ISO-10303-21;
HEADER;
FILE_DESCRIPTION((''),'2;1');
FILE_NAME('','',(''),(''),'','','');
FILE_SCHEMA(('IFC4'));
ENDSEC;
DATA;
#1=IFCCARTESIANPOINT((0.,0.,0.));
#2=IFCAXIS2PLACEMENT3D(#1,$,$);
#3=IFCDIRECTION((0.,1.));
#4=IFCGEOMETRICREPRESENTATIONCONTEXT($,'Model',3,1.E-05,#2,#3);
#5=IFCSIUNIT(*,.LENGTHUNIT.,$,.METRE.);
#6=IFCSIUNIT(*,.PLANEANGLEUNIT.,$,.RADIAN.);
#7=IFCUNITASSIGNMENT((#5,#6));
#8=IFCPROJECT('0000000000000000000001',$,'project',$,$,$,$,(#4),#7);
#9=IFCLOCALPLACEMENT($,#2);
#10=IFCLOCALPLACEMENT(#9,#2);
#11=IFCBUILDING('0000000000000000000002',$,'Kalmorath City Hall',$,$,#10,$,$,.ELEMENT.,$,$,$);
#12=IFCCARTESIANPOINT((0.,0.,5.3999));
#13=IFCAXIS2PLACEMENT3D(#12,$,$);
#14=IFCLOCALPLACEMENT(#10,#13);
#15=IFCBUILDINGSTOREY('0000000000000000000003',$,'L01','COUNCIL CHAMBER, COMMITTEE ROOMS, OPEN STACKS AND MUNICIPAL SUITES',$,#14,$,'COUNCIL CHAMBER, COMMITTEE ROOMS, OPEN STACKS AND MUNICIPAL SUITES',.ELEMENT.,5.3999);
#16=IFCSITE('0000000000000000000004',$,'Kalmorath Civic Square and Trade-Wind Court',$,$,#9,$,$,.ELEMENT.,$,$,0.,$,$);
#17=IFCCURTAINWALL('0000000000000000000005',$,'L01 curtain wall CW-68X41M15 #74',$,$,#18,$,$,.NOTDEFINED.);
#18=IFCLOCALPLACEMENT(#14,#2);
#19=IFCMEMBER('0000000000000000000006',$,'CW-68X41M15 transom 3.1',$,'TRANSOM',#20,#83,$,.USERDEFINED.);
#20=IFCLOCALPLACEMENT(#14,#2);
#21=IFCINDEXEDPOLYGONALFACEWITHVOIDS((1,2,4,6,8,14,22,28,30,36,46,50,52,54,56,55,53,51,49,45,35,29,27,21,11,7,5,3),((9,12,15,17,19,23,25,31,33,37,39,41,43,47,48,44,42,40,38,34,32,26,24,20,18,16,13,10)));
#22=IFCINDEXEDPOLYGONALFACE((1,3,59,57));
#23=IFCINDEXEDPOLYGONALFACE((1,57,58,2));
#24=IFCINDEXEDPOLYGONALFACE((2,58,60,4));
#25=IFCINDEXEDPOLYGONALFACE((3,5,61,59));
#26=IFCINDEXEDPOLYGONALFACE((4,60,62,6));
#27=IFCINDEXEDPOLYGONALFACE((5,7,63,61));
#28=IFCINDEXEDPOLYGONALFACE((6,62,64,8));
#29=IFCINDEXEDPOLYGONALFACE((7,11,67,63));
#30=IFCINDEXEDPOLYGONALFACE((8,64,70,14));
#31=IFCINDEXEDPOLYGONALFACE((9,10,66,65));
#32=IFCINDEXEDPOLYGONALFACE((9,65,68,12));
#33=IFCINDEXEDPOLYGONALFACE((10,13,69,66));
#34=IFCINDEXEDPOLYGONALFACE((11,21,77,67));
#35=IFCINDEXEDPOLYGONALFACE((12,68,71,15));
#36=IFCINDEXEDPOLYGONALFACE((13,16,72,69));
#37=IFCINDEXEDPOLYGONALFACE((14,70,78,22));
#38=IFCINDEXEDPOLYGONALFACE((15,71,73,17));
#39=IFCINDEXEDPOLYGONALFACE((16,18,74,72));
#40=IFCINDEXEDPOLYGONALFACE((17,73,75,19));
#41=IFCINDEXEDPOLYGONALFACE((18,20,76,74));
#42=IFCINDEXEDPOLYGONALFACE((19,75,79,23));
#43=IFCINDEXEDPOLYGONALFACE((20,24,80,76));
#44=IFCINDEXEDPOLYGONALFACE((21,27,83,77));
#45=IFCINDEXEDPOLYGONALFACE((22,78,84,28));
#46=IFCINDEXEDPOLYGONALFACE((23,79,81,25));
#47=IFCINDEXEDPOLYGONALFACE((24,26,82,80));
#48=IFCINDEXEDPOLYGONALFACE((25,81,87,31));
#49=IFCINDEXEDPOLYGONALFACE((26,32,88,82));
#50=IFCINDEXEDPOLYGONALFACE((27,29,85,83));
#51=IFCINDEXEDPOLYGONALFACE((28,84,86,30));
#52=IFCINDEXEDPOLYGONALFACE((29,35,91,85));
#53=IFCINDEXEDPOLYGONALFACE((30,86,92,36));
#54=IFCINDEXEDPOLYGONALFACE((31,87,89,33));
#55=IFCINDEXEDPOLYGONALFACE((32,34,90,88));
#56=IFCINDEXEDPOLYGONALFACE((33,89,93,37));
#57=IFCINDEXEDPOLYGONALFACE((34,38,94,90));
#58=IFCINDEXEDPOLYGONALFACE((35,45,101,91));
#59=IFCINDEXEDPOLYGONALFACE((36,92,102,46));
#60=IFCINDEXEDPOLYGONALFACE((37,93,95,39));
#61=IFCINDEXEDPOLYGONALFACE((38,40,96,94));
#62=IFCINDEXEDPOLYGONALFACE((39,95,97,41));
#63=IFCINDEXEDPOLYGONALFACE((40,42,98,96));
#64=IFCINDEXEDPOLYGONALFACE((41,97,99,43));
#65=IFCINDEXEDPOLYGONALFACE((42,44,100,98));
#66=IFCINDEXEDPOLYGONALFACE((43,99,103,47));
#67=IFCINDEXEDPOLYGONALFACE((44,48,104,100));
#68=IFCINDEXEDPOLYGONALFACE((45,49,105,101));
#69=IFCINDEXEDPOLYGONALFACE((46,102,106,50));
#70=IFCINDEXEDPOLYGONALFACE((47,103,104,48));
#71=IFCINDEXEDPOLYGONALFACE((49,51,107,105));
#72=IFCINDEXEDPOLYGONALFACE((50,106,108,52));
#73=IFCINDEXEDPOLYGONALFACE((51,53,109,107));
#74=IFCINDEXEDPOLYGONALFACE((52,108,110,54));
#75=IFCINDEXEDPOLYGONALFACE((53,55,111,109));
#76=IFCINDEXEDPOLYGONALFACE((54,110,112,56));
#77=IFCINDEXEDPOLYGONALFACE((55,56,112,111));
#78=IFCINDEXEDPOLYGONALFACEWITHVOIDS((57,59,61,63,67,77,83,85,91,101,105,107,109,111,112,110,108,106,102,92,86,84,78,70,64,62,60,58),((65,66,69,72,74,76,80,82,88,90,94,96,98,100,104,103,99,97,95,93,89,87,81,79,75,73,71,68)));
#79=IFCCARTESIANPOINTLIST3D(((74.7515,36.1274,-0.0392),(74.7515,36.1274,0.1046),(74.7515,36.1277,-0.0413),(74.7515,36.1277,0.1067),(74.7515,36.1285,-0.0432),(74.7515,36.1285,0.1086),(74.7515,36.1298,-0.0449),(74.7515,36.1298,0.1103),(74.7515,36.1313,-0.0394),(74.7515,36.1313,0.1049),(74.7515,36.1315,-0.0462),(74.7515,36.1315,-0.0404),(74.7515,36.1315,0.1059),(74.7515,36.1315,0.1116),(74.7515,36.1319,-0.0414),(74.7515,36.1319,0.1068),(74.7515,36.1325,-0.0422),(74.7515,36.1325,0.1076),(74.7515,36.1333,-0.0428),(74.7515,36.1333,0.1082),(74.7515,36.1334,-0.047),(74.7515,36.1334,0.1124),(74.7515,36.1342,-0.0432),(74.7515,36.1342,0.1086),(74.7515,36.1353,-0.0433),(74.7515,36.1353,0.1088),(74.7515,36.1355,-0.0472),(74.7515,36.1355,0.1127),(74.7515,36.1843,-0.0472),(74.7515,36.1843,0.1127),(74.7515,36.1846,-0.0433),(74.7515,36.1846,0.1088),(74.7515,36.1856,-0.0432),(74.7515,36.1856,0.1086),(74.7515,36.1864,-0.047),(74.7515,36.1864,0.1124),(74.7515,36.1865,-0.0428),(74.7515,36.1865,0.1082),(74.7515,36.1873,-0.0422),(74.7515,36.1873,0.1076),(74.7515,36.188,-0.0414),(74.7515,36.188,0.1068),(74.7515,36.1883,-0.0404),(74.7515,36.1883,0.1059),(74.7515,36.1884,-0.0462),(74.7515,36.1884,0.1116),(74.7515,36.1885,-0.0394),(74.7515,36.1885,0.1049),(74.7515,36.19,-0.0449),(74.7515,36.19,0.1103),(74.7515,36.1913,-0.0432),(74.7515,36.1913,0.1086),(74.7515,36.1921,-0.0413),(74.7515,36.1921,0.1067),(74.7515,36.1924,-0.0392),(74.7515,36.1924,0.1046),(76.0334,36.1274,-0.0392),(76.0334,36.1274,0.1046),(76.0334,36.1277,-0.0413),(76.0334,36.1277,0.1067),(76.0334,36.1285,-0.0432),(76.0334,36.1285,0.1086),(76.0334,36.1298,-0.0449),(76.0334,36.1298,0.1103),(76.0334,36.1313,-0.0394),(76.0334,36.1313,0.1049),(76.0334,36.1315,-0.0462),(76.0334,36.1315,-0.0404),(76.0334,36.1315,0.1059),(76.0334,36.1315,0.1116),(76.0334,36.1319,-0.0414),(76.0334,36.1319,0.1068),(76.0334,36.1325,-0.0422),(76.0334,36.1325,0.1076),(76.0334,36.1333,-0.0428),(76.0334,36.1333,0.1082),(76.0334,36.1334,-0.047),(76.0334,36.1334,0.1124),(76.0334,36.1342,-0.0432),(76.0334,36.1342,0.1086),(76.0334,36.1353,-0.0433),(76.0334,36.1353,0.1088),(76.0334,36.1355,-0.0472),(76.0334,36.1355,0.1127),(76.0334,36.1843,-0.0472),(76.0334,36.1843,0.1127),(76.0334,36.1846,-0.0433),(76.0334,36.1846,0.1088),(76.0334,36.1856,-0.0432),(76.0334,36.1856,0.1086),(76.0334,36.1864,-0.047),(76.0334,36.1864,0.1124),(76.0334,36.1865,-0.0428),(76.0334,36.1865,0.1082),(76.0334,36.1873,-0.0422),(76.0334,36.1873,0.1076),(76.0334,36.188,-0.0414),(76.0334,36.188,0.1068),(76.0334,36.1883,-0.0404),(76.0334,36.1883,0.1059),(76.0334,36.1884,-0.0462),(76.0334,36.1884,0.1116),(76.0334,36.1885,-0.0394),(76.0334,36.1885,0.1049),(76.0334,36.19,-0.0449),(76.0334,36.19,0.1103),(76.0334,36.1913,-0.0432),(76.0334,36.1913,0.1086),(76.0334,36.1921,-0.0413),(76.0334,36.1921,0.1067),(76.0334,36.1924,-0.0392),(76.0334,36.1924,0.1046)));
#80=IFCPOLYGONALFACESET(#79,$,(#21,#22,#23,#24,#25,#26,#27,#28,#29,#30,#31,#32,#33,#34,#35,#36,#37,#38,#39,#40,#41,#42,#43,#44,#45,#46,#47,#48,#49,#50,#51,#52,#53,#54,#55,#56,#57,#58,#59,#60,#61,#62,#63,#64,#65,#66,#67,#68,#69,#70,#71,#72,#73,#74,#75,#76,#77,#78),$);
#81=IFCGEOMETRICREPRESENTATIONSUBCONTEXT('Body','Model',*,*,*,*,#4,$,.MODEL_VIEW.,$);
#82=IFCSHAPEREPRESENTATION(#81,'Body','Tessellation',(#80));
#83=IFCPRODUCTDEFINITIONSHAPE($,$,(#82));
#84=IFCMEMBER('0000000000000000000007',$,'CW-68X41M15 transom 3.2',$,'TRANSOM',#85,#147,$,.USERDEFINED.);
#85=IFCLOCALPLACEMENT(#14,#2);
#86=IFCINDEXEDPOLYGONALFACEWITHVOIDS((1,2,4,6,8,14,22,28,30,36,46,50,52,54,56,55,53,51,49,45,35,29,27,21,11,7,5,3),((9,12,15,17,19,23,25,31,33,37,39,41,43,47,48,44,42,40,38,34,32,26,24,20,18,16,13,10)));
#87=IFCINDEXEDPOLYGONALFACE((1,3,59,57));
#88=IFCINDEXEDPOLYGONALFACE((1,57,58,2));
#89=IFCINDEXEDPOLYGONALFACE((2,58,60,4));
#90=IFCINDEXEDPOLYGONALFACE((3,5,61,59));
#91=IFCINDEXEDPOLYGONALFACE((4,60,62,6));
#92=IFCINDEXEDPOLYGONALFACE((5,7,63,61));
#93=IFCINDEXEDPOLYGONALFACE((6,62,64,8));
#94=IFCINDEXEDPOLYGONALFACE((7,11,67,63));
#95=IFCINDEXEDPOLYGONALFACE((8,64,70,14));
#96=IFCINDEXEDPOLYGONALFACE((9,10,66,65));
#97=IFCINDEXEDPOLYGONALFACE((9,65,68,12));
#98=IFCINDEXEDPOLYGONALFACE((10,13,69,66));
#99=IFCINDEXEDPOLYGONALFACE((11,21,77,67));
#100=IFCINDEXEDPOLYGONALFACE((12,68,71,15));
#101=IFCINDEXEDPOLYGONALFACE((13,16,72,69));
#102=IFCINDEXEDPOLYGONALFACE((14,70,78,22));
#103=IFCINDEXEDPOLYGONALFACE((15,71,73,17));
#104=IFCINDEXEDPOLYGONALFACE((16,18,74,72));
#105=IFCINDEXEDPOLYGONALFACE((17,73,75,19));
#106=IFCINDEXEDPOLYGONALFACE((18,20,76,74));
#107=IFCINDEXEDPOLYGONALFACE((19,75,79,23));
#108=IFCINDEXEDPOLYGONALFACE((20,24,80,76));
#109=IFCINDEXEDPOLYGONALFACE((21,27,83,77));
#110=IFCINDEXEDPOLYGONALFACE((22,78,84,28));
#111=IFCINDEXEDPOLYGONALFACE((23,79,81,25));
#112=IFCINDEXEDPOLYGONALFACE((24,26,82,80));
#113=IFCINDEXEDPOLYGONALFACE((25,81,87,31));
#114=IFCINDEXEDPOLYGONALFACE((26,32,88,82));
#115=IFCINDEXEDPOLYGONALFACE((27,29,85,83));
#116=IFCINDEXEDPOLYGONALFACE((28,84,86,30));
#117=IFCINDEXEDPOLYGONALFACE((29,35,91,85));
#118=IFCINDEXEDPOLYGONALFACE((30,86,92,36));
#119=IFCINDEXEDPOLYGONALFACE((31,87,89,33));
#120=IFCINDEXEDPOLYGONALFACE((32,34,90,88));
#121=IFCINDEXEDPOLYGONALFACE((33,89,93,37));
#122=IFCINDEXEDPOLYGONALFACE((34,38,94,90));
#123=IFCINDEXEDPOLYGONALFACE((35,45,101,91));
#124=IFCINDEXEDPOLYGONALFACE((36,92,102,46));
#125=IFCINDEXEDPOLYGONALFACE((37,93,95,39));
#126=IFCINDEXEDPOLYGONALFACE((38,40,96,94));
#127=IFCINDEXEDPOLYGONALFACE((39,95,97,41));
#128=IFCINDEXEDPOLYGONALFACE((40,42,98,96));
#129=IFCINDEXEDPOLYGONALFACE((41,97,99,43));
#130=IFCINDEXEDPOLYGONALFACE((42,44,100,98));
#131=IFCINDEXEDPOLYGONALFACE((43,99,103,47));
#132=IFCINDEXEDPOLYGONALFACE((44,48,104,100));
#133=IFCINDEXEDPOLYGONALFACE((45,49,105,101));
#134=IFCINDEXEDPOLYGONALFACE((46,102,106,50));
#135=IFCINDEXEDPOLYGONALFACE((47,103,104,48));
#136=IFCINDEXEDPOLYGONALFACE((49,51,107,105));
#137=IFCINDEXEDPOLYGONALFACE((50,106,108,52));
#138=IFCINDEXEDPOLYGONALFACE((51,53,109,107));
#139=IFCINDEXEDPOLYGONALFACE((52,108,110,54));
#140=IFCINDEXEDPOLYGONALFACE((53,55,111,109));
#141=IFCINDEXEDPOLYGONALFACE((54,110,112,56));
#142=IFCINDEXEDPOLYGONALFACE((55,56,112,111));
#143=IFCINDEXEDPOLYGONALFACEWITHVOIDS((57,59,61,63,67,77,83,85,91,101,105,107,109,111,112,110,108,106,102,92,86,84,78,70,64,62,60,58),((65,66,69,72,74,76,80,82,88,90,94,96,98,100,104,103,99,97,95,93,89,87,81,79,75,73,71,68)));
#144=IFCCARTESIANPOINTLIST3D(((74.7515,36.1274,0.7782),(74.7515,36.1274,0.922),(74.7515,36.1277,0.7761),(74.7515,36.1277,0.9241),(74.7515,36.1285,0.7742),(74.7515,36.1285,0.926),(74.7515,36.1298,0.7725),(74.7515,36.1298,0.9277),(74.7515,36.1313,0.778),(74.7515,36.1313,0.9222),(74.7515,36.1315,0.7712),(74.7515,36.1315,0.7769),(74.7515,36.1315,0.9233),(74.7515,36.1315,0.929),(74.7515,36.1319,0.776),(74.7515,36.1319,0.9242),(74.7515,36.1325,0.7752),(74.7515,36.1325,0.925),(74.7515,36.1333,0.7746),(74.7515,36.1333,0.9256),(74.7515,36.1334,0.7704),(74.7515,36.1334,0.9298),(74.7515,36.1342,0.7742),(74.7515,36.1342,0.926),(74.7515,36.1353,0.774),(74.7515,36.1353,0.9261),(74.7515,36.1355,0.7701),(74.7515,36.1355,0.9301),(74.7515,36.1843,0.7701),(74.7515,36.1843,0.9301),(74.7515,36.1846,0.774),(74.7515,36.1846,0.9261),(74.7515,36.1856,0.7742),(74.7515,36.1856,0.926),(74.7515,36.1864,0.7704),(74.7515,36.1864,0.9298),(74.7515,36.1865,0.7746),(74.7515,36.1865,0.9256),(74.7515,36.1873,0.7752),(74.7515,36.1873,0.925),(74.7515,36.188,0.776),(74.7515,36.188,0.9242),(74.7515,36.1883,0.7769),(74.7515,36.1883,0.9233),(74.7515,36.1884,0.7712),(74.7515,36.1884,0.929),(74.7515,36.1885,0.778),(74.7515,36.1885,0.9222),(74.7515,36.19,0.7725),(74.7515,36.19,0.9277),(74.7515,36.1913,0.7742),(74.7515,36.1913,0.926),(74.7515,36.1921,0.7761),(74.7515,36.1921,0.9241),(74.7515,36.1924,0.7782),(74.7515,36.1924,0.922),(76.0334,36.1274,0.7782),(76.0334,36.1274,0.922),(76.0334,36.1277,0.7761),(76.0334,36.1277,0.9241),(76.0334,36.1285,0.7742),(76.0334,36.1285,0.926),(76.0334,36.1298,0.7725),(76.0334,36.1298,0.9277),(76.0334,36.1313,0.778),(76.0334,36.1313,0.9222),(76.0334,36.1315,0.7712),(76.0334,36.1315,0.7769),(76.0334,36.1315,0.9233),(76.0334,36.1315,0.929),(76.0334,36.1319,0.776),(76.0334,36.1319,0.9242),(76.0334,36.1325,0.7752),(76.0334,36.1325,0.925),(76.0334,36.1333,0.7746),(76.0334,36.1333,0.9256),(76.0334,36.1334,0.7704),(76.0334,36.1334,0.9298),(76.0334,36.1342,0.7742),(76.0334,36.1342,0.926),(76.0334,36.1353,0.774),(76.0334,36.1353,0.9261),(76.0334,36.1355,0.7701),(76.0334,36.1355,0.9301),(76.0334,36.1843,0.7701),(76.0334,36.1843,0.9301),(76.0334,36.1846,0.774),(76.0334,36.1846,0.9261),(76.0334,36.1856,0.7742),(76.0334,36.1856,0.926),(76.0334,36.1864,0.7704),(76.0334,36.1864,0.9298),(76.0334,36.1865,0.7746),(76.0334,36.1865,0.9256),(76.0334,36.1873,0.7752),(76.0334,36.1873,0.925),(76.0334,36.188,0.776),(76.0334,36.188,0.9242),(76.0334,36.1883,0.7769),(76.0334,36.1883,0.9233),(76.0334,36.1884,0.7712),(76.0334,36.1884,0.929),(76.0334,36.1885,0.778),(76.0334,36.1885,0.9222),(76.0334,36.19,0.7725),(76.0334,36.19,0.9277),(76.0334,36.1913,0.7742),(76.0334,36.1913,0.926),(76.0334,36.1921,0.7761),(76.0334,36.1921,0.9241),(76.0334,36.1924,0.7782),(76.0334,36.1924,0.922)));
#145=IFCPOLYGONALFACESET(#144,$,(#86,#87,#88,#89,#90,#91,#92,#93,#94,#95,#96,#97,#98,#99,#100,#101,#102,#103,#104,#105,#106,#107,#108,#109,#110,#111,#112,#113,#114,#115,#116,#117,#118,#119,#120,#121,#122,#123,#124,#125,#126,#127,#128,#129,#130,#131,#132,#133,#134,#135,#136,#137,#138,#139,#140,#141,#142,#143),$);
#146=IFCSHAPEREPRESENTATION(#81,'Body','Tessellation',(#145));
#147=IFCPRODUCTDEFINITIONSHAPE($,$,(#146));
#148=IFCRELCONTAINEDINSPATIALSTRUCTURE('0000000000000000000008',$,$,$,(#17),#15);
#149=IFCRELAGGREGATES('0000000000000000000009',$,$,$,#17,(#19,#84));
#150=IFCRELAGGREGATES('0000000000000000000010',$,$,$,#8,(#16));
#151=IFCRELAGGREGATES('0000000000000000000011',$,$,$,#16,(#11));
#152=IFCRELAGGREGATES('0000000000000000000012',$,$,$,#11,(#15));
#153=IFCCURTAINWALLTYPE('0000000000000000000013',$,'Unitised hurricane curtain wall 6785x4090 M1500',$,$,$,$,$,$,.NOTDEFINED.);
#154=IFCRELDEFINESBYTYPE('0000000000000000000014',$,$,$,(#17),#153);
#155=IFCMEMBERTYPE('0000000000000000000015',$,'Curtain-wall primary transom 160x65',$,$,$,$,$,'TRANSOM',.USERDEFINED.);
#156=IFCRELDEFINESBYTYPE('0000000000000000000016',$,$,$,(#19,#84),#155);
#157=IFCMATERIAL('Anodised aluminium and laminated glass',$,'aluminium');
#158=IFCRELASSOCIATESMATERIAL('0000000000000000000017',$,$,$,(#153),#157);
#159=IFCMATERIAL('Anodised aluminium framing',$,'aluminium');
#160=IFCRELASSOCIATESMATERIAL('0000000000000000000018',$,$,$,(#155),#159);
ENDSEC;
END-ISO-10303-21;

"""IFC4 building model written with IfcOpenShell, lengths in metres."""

from ifc_helpers import new_model, si_unit, direction, frame, origin, origin_2d, place, context, subcontext, project, spatial, hollow_rectangle, extrude, material, material_profile, profile_set, type_object, element, aggregate, save


model = new_model("IFC4")

# Units and contexts
model_context = context("Model", 3, precision=1e-05, world=origin(), true_north=direction((0.0, 1.0)))
body_context = subcontext(model_context, "Body", "Model", "MODEL_VIEW")
ifc_project = project(units=[si_unit("LENGTHUNIT", "METRE"), si_unit("PLANEANGLEUNIT", "RADIAN")], contexts=[model_context])

# Site, building, storey
site_placement = place(None, origin())
site = spatial("IfcSite", under=ifc_project, at=site_placement, Name="Kalmorath Civic Square and Trade-Wind Court", CompositionType="ELEMENT", RefElevation=0.0)
building_placement = place(site_placement, origin())
building = spatial("IfcBuilding", under=site, at=building_placement, Name="Kalmorath City Hall", CompositionType="ELEMENT")
storey_placement = place(building_placement, frame((0.0, 0.0, 5.3999)))
storey = spatial("IfcBuildingStorey", under=building, at=storey_placement, Name="L01", Description="COUNCIL CHAMBER, COMMITTEE ROOMS, OPEN STACKS AND MUNICIPAL SUITES", LongName="COUNCIL CHAMBER, COMMITTEE ROOMS, OPEN STACKS AND MUNICIPAL SUITES", CompositionType="ELEMENT", Elevation=5.3999)

# Curtain wall, members
ifc_material_1 = material(Name="Anodised aluminium and laminated glass", Category="aluminium")
curtain_wall_type = type_object("IfcCurtainWallType", Name="Unitised hurricane curtain wall 6785x4090 M1500", PredefinedType="NOTDEFINED", material=ifc_material_1)
curtain_wall_placement = place(storey_placement, origin())
curtain_wall = element("IfcCurtainWall", 1, at=curtain_wall_placement, inside=storey, type_object=curtain_wall_type, Name="L01 curtain wall CW-68X41M15 #74", PredefinedType="NOTDEFINED")
ifc_material_2 = material(Name="Anodised aluminium framing", Category="aluminium")
ifc_material_profile_1 = material_profile(ifc_material_2, hollow_rectangle(XDim=0.0649, YDim=0.1599, WallThickness=0.0039, InnerFilletRadius=0.0039, OuterFilletRadius=0.0081, at=origin_2d()), Name="ALU-TRN-160X65X4")
ifc_profile_set_1 = profile_set([ifc_material_profile_1], Name="Anodised aluminium framing")
member_type_1 = type_object("IfcMemberType", Name="Curtain-wall primary transom 160x65", ElementType="TRANSOM", PredefinedType="USERDEFINED", material=ifc_profile_set_1)
member_1_placement = place(storey_placement, frame((76.0334, 36.1599, 0.0327), z_axis=(-1.0, 0.0, 0.0), x_axis=(0.0, -1.0, 0.0)))
member_1 = element("IfcMember", 2, at=member_1_placement, type_object=member_type_1, Name="CW-68X41M15 transom 3.1", ObjectType="TRANSOM", PredefinedType="USERDEFINED", context=body_context, shape_type="SweptSolid", body=[
    extrude(hollow_rectangle(XDim=0.0649, YDim=0.1599, WallThickness=0.0039, InnerFilletRadius=0.0039, OuterFilletRadius=0.0081, at=origin_2d()), origin(), (0.0, 0.0, 1.0), 1.282),
])
member_2_placement = place(storey_placement, frame((76.0334, 36.1599, 0.8501), z_axis=(-1.0, 0.0, 0.0), x_axis=(0.0, -1.0, 0.0)))
member_2 = element("IfcMember", 3, at=member_2_placement, type_object=member_type_1, Name="CW-68X41M15 transom 3.2", ObjectType="TRANSOM", PredefinedType="USERDEFINED", context=body_context, shape_type="SweptSolid", body=[
    extrude(hollow_rectangle(XDim=0.0649, YDim=0.1599, WallThickness=0.0039, InnerFilletRadius=0.0039, OuterFilletRadius=0.0081, at=origin_2d()), origin(), (0.0, 0.0, 1.0), 1.282),
])
aggregate(curtain_wall, [member_1, member_2])

save(model, "model.ifc")
